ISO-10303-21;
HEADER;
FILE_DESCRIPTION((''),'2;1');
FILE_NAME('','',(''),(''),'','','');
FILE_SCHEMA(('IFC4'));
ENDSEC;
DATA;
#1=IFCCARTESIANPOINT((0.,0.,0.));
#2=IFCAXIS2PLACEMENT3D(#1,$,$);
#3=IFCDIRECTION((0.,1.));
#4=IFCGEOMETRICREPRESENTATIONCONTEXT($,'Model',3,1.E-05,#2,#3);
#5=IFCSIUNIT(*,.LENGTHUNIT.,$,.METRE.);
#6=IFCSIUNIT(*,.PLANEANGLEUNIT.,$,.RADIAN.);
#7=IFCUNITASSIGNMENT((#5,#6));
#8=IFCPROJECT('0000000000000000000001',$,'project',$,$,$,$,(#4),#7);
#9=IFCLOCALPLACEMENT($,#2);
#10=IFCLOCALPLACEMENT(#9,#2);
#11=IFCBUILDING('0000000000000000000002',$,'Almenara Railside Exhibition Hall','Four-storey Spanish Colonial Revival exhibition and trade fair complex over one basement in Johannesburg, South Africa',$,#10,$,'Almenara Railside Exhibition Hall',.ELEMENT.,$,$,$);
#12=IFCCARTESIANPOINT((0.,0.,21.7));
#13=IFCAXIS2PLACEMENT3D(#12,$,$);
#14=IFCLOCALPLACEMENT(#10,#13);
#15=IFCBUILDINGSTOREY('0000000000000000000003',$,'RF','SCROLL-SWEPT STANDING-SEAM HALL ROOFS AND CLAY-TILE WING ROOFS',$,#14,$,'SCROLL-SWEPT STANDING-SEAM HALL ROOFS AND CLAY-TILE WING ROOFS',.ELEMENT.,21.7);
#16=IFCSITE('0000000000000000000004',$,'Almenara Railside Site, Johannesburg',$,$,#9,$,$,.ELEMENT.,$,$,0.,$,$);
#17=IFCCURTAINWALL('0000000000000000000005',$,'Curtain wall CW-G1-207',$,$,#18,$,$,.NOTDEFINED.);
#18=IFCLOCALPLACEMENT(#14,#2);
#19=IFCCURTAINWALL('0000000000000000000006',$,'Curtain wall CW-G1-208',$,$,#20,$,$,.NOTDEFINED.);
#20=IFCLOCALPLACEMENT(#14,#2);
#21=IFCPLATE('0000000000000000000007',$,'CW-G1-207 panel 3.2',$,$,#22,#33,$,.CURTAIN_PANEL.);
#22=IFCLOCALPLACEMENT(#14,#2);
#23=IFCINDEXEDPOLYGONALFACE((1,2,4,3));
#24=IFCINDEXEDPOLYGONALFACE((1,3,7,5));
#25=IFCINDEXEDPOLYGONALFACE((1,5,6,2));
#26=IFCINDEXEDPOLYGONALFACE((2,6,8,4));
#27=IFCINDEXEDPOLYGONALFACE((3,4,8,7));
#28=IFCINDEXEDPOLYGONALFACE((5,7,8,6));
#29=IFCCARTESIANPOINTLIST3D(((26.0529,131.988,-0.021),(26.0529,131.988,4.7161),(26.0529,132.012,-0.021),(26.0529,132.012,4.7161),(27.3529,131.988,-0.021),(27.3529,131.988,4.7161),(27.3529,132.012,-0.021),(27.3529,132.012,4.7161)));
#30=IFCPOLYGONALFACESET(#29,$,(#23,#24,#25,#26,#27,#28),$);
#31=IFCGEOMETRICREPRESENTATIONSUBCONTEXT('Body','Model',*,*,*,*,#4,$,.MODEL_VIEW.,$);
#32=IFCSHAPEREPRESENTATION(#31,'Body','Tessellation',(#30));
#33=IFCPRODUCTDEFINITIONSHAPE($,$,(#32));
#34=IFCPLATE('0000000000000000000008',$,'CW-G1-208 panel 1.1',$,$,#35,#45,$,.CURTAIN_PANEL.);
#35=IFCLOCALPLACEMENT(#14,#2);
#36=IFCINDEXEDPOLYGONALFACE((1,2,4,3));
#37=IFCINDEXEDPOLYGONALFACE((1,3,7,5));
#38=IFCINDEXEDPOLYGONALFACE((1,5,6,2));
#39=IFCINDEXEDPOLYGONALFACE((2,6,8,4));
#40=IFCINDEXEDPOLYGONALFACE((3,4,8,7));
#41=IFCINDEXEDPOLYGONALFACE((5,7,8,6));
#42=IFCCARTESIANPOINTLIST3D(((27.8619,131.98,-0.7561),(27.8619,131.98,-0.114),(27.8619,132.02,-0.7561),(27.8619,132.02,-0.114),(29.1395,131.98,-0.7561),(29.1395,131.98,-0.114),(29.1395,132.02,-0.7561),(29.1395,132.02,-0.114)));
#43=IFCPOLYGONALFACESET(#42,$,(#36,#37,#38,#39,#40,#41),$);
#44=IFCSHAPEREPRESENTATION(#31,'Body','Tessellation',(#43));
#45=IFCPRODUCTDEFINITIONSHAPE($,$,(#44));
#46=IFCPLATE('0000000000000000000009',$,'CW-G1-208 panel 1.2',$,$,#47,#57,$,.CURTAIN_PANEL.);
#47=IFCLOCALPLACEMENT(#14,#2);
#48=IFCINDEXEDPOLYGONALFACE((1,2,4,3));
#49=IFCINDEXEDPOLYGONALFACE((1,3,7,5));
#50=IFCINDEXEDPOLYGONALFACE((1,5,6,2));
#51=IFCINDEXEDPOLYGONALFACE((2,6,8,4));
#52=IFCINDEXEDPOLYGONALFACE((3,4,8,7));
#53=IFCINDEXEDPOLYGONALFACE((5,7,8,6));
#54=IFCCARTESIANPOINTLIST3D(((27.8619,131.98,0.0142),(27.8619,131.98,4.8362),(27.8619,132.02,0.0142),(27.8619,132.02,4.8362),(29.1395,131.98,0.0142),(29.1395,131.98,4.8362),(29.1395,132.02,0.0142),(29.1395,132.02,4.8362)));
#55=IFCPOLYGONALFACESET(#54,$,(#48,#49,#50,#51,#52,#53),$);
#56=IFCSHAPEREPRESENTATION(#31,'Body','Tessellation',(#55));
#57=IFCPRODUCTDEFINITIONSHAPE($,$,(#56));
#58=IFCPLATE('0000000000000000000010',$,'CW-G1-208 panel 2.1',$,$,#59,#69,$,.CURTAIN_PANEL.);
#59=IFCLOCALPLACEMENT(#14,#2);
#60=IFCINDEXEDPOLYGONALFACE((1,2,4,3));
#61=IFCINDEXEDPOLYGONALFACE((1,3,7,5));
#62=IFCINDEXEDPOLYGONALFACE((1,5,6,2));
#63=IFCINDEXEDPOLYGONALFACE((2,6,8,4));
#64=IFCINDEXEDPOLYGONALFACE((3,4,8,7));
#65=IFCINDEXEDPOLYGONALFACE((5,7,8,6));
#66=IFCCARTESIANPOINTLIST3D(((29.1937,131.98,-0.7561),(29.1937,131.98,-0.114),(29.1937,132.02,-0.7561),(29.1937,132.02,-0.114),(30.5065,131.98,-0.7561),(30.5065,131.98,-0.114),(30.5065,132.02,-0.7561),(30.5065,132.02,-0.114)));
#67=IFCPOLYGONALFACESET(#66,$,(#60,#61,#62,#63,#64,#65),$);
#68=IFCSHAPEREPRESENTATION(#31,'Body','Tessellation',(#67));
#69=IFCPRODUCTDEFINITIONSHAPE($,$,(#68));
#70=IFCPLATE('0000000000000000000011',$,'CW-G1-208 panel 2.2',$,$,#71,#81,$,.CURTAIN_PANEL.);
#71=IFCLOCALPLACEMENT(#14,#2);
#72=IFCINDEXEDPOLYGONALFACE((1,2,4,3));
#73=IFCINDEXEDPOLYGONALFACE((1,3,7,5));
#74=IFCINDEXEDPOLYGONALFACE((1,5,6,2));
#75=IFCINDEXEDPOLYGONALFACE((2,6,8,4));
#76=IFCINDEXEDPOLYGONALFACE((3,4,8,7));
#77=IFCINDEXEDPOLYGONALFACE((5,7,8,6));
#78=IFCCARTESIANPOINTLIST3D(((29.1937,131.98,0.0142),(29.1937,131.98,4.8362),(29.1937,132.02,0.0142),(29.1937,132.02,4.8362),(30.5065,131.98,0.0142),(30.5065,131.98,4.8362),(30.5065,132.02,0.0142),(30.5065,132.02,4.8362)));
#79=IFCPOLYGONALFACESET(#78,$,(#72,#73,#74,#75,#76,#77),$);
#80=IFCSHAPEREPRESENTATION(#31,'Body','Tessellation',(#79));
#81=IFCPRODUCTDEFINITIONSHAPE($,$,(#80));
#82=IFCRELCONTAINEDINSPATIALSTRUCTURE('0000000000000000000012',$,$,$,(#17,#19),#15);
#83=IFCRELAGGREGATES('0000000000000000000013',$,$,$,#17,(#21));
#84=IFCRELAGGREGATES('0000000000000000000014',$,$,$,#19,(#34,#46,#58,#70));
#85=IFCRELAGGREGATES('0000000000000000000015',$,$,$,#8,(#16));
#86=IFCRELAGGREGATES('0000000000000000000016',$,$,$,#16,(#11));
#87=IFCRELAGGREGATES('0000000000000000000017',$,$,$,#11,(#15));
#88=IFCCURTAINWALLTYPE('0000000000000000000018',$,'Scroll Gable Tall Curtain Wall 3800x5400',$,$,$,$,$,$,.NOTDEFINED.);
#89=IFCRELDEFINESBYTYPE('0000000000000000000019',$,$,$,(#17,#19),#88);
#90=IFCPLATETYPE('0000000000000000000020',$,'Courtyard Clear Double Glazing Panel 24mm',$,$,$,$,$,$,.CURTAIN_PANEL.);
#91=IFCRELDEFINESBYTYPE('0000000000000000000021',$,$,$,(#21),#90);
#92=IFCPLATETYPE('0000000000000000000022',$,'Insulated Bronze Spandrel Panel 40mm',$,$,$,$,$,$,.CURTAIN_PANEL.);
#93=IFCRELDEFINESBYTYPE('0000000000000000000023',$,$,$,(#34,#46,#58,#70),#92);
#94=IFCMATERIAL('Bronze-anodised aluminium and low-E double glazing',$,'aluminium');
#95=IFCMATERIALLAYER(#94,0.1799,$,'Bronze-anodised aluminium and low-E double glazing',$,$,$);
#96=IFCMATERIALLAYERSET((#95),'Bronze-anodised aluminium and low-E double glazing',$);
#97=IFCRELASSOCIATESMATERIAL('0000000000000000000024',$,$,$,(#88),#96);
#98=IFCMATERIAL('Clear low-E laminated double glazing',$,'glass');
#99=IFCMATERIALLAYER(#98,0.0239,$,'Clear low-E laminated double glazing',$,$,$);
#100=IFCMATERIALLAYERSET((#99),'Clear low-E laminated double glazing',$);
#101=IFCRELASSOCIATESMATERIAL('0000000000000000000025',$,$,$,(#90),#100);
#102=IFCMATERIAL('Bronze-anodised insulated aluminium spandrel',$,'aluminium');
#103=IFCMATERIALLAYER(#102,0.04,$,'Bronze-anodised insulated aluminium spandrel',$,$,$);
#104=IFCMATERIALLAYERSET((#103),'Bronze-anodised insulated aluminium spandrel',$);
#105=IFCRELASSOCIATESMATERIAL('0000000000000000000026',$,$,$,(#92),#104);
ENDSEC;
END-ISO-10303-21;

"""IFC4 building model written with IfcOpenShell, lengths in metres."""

from ifc_helpers import new_model, si_unit, direction, frame, origin, origin_2d, place, context, subcontext, project, spatial, rectangle, extrude, material, layer, layer_set, type_object, element, aggregate, save


model = new_model("IFC4")

# Units and contexts
model_context = context("Model", 3, precision=1e-05, world=origin(), true_north=direction((0.0, 1.0)))
body_context = subcontext(model_context, "Body", "Model", "MODEL_VIEW")
ifc_project = project(units=[si_unit("LENGTHUNIT", "METRE"), si_unit("PLANEANGLEUNIT", "RADIAN")], contexts=[model_context])

# Site, building, storey
site_placement = place(None, origin())
site = spatial("IfcSite", under=ifc_project, at=site_placement, Name="Almenara Railside Site, Johannesburg", CompositionType="ELEMENT", RefElevation=0.0)
building_placement = place(site_placement, origin())
building = spatial("IfcBuilding", under=site, at=building_placement, Name="Almenara Railside Exhibition Hall", Description="Four-storey Spanish Colonial Revival exhibition and trade fair complex over one basement in Johannesburg, South Africa", LongName="Almenara Railside Exhibition Hall", CompositionType="ELEMENT")
storey_placement = place(building_placement, frame((0.0, 0.0, 21.7)))
storey = spatial("IfcBuildingStorey", under=building, at=storey_placement, Name="RF", Description="SCROLL-SWEPT STANDING-SEAM HALL ROOFS AND CLAY-TILE WING ROOFS", LongName="SCROLL-SWEPT STANDING-SEAM HALL ROOFS AND CLAY-TILE WING ROOFS", CompositionType="ELEMENT", Elevation=21.7)

# Curtain walls
ifc_material_1 = material(Name="Bronze-anodised aluminium and low-E double glazing", Category="aluminium")
ifc_layer_1 = layer(ifc_material_1, 0.1799, Name="Bronze-anodised aluminium and low-E double glazing")
ifc_layer_set_1 = layer_set([ifc_layer_1], Name="Bronze-anodised aluminium and low-E double glazing")
curtain_wall_type = type_object("IfcCurtainWallType", Name="Scroll Gable Tall Curtain Wall 3800x5400", PredefinedType="NOTDEFINED", material=ifc_layer_set_1)
curtain_wall_1_placement = place(storey_placement, origin())
curtain_wall_1 = element("IfcCurtainWall", 1, at=curtain_wall_1_placement, inside=storey, type_object=curtain_wall_type, Name="Curtain wall CW-G1-207", PredefinedType="NOTDEFINED")
curtain_wall_2_placement = place(storey_placement, origin())
curtain_wall_2 = element("IfcCurtainWall", 2, at=curtain_wall_2_placement, inside=storey, type_object=curtain_wall_type, Name="Curtain wall CW-G1-208", PredefinedType="NOTDEFINED")

# Plates
ifc_material_2 = material(Name="Clear low-E laminated double glazing", Category="glass")
ifc_layer_2 = layer(ifc_material_2, 0.0239, Name="Clear low-E laminated double glazing")
ifc_layer_set_2 = layer_set([ifc_layer_2], Name="Clear low-E laminated double glazing")
plate_type_1 = type_object("IfcPlateType", Name="Courtyard Clear Double Glazing Panel 24mm", PredefinedType="CURTAIN_PANEL", material=ifc_layer_set_2)
plate_1_placement = place(storey_placement, frame((26.7029, 132.0, -0.021), z_axis=(0.0, 0.0, 1.0), x_axis=(1.0, 0.0, 0.0)))
plate_1 = element("IfcPlate", 3, at=plate_1_placement, type_object=plate_type_1, Name="CW-G1-207 panel 3.2", PredefinedType="CURTAIN_PANEL", context=body_context, shape_type="SweptSolid", body=[
    extrude(rectangle(XDim=1.3, YDim=0.0239, at=origin_2d()), origin(), (0.0, 0.0, 1.0), 4.7371),
])
aggregate(curtain_wall_1, [plate_1])
ifc_material_3 = material(Name="Bronze-anodised insulated aluminium spandrel", Category="aluminium")
ifc_layer_3 = layer(ifc_material_3, 0.04, Name="Bronze-anodised insulated aluminium spandrel")
ifc_layer_set_3 = layer_set([ifc_layer_3], Name="Bronze-anodised insulated aluminium spandrel")
plate_type_2 = type_object("IfcPlateType", Name="Insulated Bronze Spandrel Panel 40mm", PredefinedType="CURTAIN_PANEL", material=ifc_layer_set_3)
plate_2_placement = place(storey_placement, frame((28.5007, 132.0, -0.7561), z_axis=(0.0, 0.0, 1.0), x_axis=(1.0, 0.0, 0.0)))
plate_2 = element("IfcPlate", 4, at=plate_2_placement, type_object=plate_type_2, Name="CW-G1-208 panel 1.1", PredefinedType="CURTAIN_PANEL", context=body_context, shape_type="SweptSolid", body=[
    extrude(rectangle(XDim=1.2776, YDim=0.04, at=origin_2d()), origin(), (0.0, 0.0, 1.0), 0.6421),
])
plate_3_placement = place(storey_placement, frame((28.5007, 132.0, 0.0142), z_axis=(0.0, 0.0, 1.0), x_axis=(1.0, 0.0, 0.0)))
plate_3 = element("IfcPlate", 5, at=plate_3_placement, type_object=plate_type_2, Name="CW-G1-208 panel 1.2", PredefinedType="CURTAIN_PANEL", context=body_context, shape_type="SweptSolid", body=[
    extrude(rectangle(XDim=1.2776, YDim=0.04, at=origin_2d()), origin(), (0.0, 0.0, 1.0), 4.822),
])
plate_4_placement = place(storey_placement, frame((29.8501, 132.0, -0.7561), z_axis=(0.0, 0.0, 1.0), x_axis=(1.0, 0.0, 0.0)))
plate_4 = element("IfcPlate", 6, at=plate_4_placement, type_object=plate_type_2, Name="CW-G1-208 panel 2.1", PredefinedType="CURTAIN_PANEL", context=body_context, shape_type="SweptSolid", body=[
    extrude(rectangle(XDim=1.3127, YDim=0.04, at=origin_2d()), origin(), (0.0, 0.0, 1.0), 0.6421),
])
plate_5_placement = place(storey_placement, frame((29.8501, 132.0, 0.0142), z_axis=(0.0, 0.0, 1.0), x_axis=(1.0, 0.0, 0.0)))
plate_5 = element("IfcPlate", 7, at=plate_5_placement, type_object=plate_type_2, Name="CW-G1-208 panel 2.2", PredefinedType="CURTAIN_PANEL", context=body_context, shape_type="SweptSolid", body=[
    extrude(rectangle(XDim=1.3127, YDim=0.04, at=origin_2d()), origin(), (0.0, 0.0, 1.0), 4.822),
])
aggregate(curtain_wall_2, [plate_2, plate_3, plate_4, plate_5])

save(model, "model.ifc")
